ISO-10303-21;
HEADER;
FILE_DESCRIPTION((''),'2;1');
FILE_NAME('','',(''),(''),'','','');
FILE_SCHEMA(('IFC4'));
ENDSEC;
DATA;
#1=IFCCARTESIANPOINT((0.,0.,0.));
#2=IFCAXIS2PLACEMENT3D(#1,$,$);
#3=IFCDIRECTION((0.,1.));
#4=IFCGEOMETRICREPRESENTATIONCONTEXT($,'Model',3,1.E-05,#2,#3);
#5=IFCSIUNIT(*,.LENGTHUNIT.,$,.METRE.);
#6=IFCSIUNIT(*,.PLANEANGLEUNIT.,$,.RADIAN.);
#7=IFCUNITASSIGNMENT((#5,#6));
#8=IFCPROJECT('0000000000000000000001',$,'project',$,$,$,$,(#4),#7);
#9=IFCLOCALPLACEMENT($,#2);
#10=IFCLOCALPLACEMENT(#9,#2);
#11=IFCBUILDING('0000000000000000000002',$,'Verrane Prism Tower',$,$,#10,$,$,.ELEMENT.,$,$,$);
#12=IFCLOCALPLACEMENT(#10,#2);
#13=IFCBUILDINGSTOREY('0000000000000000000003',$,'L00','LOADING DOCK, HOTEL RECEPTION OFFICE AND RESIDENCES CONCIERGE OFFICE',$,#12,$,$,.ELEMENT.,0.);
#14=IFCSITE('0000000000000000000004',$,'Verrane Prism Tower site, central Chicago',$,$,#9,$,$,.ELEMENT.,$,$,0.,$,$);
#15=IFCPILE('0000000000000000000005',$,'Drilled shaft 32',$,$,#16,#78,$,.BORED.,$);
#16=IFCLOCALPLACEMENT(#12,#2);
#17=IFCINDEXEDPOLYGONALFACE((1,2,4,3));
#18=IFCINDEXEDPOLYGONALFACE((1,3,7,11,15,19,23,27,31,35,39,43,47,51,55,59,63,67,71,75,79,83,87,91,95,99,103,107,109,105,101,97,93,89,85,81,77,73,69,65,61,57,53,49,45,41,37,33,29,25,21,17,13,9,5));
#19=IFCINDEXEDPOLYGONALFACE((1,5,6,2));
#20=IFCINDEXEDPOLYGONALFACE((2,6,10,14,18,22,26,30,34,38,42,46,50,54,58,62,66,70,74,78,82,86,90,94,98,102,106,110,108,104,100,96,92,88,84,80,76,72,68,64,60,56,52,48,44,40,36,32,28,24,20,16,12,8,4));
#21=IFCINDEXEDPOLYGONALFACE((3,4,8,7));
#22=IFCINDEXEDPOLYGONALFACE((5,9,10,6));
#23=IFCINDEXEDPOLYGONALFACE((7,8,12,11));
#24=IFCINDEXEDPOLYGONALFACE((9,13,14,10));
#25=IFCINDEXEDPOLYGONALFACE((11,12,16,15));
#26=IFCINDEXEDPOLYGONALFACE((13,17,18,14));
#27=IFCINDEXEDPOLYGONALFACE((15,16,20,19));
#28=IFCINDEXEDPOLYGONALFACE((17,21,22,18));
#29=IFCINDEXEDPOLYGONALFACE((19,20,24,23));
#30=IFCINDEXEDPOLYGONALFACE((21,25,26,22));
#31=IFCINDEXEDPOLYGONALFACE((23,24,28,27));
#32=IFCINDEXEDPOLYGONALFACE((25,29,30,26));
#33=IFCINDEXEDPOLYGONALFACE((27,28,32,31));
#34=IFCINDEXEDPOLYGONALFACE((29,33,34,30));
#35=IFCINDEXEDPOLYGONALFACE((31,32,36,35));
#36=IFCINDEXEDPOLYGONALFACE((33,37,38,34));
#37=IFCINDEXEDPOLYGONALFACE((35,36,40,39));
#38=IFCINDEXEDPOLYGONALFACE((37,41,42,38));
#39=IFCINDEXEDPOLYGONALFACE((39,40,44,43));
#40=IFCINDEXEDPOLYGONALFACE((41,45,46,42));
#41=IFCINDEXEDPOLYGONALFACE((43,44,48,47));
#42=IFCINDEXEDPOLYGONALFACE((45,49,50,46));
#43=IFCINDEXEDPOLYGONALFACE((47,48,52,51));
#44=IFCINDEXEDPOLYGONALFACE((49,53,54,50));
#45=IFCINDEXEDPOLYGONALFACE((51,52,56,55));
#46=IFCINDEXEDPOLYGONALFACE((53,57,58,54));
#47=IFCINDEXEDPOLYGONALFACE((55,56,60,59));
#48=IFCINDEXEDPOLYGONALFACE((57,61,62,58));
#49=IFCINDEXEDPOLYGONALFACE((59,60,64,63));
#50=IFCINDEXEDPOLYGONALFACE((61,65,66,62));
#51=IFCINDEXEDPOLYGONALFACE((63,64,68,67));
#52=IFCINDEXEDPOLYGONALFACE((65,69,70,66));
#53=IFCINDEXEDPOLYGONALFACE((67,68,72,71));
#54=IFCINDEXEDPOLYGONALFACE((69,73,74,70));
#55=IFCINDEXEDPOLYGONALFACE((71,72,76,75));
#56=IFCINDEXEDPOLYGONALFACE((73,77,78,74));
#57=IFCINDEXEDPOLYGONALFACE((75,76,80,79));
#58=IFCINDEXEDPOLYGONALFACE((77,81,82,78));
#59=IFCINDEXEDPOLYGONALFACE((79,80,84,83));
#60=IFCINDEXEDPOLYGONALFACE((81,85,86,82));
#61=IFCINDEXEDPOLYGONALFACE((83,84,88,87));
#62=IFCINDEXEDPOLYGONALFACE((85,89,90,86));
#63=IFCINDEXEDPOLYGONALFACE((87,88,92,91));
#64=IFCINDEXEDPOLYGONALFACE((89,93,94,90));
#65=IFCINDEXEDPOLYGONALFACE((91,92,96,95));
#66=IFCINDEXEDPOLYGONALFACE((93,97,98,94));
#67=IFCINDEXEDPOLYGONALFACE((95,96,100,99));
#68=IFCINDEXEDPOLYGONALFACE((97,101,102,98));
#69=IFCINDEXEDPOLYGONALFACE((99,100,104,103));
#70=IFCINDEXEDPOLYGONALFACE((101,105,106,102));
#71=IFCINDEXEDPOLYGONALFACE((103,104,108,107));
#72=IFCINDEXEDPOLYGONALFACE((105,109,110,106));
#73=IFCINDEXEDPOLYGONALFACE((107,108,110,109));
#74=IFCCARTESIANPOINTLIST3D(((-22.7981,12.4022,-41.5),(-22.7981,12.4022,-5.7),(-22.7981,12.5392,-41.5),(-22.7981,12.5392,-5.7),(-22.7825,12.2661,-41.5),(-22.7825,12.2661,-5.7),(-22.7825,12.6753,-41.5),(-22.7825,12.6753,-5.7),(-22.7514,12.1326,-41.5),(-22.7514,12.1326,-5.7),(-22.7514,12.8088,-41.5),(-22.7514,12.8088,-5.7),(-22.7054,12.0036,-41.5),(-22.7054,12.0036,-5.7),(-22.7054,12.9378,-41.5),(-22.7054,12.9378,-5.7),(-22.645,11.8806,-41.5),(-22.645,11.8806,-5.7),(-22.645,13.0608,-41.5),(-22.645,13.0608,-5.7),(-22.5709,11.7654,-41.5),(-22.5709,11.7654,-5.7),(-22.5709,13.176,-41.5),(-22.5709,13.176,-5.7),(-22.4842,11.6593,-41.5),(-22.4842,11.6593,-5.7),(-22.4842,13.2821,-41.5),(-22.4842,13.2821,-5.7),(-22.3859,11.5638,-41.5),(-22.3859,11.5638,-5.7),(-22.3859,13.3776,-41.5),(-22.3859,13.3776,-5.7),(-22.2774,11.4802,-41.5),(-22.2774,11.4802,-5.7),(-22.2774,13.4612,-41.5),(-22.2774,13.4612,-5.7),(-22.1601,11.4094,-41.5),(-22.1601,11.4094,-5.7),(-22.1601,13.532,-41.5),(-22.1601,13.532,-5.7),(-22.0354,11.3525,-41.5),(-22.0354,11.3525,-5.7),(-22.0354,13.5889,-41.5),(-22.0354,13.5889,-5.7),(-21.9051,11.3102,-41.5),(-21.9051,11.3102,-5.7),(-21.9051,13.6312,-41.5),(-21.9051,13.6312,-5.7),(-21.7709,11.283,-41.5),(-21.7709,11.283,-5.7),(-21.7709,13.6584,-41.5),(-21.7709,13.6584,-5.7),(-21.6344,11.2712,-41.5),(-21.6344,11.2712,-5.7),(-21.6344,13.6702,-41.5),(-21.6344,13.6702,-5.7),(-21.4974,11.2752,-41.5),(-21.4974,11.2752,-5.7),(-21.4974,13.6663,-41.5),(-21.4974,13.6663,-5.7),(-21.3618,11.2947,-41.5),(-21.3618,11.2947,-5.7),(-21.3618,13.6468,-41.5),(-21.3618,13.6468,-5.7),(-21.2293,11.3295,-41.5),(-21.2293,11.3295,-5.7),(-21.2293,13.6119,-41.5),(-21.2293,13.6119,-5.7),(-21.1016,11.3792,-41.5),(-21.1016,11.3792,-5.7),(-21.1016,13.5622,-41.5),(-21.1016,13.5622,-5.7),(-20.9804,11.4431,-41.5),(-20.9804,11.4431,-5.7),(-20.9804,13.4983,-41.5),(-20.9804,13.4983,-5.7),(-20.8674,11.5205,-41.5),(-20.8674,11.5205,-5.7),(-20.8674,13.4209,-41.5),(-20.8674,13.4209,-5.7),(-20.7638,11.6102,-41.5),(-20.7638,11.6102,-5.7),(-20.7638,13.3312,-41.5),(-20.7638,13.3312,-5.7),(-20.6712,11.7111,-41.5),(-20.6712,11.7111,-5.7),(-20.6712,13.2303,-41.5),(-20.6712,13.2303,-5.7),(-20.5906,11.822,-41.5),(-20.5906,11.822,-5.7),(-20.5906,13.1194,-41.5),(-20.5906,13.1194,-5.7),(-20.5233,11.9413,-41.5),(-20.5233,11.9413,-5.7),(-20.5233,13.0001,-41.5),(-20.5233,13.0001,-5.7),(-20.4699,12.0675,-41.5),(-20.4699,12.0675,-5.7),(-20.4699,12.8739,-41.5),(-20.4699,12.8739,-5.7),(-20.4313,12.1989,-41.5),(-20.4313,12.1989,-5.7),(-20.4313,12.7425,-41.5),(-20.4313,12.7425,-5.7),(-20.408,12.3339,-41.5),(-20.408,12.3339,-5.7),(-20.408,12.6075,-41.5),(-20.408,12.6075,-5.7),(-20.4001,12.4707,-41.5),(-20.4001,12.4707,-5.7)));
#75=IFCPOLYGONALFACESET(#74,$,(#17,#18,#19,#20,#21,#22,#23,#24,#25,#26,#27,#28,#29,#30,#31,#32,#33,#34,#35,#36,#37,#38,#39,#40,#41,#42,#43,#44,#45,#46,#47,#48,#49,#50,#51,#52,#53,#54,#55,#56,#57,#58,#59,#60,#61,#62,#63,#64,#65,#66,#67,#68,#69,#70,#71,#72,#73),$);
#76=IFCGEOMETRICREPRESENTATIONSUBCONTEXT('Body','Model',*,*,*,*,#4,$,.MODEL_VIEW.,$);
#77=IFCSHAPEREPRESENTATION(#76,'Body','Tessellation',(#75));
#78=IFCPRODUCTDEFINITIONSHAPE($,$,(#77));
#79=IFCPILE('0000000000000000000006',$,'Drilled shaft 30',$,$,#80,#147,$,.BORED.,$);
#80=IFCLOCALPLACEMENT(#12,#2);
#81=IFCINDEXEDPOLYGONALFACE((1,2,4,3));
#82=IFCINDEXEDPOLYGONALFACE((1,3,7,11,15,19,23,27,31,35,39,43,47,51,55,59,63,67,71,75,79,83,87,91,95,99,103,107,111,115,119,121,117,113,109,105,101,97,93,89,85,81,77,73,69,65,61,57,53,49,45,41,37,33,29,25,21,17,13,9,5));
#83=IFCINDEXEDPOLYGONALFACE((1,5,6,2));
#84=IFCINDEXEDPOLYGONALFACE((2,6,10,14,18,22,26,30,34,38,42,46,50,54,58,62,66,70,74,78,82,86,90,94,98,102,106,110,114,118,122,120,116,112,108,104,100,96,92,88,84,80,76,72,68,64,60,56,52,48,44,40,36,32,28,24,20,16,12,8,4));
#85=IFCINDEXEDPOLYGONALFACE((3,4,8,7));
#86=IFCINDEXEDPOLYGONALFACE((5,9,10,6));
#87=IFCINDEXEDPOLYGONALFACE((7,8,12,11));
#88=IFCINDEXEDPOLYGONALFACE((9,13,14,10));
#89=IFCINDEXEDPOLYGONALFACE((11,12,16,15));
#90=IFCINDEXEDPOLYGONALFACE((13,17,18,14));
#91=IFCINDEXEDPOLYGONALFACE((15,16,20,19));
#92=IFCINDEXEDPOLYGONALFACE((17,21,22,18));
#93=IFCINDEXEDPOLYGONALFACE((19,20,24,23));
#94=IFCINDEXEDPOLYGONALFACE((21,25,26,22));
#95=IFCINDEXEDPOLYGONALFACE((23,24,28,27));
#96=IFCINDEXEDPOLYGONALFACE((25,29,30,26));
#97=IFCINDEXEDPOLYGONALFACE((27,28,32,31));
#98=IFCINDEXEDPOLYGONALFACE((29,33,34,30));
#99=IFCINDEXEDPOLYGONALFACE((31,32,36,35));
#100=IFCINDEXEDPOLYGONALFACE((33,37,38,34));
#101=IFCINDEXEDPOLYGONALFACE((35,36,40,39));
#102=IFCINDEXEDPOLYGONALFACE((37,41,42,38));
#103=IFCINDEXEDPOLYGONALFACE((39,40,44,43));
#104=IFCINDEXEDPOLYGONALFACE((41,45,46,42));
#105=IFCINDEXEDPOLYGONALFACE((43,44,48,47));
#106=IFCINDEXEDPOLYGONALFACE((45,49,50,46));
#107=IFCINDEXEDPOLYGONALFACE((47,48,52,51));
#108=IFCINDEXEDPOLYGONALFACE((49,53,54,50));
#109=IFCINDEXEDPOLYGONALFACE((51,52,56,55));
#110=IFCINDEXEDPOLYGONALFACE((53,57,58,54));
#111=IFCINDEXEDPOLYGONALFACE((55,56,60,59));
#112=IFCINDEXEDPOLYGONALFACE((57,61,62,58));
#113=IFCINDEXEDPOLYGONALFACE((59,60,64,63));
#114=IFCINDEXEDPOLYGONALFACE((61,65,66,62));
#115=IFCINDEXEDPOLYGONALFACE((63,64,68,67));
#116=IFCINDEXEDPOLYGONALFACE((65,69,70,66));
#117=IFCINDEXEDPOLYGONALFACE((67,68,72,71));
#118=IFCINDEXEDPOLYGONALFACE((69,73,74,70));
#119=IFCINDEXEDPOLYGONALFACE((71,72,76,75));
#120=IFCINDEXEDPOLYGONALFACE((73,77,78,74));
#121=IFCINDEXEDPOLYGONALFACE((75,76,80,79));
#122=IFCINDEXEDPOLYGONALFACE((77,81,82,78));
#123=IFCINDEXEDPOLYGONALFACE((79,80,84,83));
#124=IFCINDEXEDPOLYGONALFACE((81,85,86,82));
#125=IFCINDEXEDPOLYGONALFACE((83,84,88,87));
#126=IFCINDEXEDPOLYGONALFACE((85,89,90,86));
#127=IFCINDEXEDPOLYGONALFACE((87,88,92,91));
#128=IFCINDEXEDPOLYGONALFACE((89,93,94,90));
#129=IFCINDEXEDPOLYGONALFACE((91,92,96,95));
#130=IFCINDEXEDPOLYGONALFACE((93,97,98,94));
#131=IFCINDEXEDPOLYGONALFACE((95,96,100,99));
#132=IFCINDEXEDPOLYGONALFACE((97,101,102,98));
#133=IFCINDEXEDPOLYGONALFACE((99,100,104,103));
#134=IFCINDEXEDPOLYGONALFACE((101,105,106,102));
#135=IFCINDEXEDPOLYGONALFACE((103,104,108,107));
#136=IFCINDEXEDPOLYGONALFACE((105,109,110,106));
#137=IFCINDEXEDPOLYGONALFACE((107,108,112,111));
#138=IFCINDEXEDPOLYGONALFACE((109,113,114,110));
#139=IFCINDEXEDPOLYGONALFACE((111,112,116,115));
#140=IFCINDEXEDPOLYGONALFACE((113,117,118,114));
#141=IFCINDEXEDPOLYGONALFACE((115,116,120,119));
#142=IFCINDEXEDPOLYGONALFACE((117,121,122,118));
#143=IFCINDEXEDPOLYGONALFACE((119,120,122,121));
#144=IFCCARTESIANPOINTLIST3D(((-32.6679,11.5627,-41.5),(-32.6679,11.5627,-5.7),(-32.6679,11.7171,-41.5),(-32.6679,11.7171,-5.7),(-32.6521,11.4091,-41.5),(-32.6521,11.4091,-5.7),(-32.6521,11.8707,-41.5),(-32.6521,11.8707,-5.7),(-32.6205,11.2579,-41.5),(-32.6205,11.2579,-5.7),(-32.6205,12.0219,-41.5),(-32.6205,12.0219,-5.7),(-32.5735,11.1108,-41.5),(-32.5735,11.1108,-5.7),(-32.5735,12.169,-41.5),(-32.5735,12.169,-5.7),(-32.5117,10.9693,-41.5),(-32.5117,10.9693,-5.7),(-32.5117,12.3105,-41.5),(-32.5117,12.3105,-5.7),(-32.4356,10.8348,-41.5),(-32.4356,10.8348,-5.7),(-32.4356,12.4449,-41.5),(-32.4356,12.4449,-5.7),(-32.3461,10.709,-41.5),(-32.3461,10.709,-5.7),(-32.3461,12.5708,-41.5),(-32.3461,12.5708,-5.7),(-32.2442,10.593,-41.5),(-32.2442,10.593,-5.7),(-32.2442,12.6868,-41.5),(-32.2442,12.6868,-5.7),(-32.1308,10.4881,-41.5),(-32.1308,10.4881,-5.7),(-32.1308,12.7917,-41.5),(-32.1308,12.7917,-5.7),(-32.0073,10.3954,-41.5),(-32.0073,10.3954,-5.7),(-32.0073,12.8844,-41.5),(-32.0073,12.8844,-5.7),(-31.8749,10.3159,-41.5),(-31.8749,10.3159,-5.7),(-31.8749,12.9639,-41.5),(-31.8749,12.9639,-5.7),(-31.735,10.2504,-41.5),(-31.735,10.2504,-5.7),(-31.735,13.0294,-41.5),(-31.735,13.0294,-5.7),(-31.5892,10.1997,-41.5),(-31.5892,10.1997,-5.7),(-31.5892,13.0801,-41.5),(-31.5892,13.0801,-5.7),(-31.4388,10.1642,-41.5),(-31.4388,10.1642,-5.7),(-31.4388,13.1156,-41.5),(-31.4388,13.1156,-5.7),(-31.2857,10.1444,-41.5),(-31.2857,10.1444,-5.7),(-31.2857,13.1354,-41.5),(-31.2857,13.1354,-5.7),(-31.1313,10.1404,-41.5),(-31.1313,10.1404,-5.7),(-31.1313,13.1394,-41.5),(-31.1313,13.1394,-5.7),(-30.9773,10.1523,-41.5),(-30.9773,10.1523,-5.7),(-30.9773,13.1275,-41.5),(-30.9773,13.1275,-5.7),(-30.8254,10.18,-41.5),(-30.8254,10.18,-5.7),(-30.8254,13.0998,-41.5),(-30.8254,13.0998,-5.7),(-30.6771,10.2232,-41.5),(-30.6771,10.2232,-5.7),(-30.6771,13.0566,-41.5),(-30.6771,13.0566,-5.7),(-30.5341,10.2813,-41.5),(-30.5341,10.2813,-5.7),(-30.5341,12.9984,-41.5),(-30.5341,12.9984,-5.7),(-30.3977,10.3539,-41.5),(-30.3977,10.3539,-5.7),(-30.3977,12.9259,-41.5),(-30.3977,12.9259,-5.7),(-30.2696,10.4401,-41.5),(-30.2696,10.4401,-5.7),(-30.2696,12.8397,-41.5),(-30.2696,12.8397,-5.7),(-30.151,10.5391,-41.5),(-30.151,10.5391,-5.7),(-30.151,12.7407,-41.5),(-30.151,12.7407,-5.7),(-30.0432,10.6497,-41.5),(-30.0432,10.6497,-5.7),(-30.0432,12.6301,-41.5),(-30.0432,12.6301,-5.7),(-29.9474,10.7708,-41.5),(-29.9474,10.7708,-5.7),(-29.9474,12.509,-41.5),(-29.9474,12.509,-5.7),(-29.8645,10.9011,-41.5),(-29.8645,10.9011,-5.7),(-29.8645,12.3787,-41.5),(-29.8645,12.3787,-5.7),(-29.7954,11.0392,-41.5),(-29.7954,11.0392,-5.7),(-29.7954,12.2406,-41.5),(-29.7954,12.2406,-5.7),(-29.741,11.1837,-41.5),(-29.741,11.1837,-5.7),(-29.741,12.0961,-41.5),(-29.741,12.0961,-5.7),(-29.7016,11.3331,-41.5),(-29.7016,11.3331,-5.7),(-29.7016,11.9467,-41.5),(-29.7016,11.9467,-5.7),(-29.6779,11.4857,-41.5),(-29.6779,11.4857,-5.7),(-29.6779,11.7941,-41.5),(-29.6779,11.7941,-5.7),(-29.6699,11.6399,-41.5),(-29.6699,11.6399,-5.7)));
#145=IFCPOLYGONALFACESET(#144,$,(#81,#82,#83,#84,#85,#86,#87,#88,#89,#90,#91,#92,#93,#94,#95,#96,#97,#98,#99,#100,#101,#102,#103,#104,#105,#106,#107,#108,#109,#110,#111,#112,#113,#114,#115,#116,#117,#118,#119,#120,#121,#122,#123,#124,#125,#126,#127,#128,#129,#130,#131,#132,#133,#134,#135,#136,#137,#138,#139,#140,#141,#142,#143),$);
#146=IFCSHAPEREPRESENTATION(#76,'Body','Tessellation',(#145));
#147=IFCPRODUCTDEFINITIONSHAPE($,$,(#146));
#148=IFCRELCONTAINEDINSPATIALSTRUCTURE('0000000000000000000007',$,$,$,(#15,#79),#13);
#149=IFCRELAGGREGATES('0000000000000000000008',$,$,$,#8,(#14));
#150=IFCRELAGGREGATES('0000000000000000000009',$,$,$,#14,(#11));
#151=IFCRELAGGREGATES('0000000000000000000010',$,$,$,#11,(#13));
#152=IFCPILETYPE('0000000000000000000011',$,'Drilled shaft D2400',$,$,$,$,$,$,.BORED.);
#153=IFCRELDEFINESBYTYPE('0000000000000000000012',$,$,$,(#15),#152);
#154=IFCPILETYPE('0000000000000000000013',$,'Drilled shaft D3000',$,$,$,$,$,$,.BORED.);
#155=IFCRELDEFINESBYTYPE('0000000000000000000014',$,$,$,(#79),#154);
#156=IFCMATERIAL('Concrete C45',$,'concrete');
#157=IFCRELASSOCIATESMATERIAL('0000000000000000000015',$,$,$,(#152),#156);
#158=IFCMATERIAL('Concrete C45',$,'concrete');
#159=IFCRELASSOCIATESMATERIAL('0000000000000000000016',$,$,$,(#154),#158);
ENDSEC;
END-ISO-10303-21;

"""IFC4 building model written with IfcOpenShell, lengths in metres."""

from ifc_helpers import new_model, si_unit, direction, frame, origin, origin_2d, place, context, subcontext, project, spatial, circle, extrude, material, type_object, element, save


model = new_model("IFC4")

# Units and contexts
model_context = context("Model", 3, precision=1e-05, world=origin(), true_north=direction((0.0, 1.0)))
body_context = subcontext(model_context, "Body", "Model", "MODEL_VIEW")
ifc_project = project(units=[si_unit("LENGTHUNIT", "METRE"), si_unit("PLANEANGLEUNIT", "RADIAN")], contexts=[model_context])

# Site, building, storey
site_placement = place(None, origin())
site = spatial("IfcSite", under=ifc_project, at=site_placement, Name="Verrane Prism Tower site, central Chicago", CompositionType="ELEMENT", RefElevation=0.0)
building_placement = place(site_placement, origin())
building = spatial("IfcBuilding", under=site, at=building_placement, Name="Verrane Prism Tower", CompositionType="ELEMENT")
storey_placement = place(building_placement, origin())
storey = spatial("IfcBuildingStorey", under=building, at=storey_placement, Name="L00", Description="LOADING DOCK, HOTEL RECEPTION OFFICE AND RESIDENCES CONCIERGE OFFICE", CompositionType="ELEMENT", Elevation=0.0)

# Piles
ifc_material_1 = material(Name="Concrete C45", Category="concrete")
pile_type_1 = type_object("IfcPileType", Name="Drilled shaft D2400", PredefinedType="BORED", material=ifc_material_1)
pile_placement = place(storey_placement, frame((-21.6001, 12.4707, -5.7), z_axis=(0.0, 0.0, -1.0), x_axis=(1.0, 0.0, 0.0)))
element("IfcPile", 1, at=pile_placement, inside=storey, type_object=pile_type_1, Name="Drilled shaft 32", PredefinedType="BORED", context=body_context, shape_type="SweptSolid", body=[
    extrude(circle(Radius=1.2, at=origin_2d()), origin(), (0.0, 0.0, 1.0), 35.8),
])
ifc_material_2 = material(Name="Concrete C45", Category="concrete")
pile_type_2 = type_object("IfcPileType", Name="Drilled shaft D3000", PredefinedType="BORED", material=ifc_material_2)
for number, where, z_axis, x_axis, name in (
    (2, (-31.1699, 11.6399, -5.7), (0.0, 0.0, -1.0), (1.0, 0.0, 0.0), "Drilled shaft 30"),
):
    element("IfcPile", number, at=place(storey_placement, frame(where, z_axis=z_axis, x_axis=x_axis)), inside=storey, type_object=pile_type_2, Name=name, PredefinedType="BORED", context=body_context, shape_type="SweptSolid", body=[
        extrude(circle(Radius=1.5, at=origin_2d()), origin(), (0.0, 0.0, 1.0), 35.8),
    ])

save(model, "model.ifc")
